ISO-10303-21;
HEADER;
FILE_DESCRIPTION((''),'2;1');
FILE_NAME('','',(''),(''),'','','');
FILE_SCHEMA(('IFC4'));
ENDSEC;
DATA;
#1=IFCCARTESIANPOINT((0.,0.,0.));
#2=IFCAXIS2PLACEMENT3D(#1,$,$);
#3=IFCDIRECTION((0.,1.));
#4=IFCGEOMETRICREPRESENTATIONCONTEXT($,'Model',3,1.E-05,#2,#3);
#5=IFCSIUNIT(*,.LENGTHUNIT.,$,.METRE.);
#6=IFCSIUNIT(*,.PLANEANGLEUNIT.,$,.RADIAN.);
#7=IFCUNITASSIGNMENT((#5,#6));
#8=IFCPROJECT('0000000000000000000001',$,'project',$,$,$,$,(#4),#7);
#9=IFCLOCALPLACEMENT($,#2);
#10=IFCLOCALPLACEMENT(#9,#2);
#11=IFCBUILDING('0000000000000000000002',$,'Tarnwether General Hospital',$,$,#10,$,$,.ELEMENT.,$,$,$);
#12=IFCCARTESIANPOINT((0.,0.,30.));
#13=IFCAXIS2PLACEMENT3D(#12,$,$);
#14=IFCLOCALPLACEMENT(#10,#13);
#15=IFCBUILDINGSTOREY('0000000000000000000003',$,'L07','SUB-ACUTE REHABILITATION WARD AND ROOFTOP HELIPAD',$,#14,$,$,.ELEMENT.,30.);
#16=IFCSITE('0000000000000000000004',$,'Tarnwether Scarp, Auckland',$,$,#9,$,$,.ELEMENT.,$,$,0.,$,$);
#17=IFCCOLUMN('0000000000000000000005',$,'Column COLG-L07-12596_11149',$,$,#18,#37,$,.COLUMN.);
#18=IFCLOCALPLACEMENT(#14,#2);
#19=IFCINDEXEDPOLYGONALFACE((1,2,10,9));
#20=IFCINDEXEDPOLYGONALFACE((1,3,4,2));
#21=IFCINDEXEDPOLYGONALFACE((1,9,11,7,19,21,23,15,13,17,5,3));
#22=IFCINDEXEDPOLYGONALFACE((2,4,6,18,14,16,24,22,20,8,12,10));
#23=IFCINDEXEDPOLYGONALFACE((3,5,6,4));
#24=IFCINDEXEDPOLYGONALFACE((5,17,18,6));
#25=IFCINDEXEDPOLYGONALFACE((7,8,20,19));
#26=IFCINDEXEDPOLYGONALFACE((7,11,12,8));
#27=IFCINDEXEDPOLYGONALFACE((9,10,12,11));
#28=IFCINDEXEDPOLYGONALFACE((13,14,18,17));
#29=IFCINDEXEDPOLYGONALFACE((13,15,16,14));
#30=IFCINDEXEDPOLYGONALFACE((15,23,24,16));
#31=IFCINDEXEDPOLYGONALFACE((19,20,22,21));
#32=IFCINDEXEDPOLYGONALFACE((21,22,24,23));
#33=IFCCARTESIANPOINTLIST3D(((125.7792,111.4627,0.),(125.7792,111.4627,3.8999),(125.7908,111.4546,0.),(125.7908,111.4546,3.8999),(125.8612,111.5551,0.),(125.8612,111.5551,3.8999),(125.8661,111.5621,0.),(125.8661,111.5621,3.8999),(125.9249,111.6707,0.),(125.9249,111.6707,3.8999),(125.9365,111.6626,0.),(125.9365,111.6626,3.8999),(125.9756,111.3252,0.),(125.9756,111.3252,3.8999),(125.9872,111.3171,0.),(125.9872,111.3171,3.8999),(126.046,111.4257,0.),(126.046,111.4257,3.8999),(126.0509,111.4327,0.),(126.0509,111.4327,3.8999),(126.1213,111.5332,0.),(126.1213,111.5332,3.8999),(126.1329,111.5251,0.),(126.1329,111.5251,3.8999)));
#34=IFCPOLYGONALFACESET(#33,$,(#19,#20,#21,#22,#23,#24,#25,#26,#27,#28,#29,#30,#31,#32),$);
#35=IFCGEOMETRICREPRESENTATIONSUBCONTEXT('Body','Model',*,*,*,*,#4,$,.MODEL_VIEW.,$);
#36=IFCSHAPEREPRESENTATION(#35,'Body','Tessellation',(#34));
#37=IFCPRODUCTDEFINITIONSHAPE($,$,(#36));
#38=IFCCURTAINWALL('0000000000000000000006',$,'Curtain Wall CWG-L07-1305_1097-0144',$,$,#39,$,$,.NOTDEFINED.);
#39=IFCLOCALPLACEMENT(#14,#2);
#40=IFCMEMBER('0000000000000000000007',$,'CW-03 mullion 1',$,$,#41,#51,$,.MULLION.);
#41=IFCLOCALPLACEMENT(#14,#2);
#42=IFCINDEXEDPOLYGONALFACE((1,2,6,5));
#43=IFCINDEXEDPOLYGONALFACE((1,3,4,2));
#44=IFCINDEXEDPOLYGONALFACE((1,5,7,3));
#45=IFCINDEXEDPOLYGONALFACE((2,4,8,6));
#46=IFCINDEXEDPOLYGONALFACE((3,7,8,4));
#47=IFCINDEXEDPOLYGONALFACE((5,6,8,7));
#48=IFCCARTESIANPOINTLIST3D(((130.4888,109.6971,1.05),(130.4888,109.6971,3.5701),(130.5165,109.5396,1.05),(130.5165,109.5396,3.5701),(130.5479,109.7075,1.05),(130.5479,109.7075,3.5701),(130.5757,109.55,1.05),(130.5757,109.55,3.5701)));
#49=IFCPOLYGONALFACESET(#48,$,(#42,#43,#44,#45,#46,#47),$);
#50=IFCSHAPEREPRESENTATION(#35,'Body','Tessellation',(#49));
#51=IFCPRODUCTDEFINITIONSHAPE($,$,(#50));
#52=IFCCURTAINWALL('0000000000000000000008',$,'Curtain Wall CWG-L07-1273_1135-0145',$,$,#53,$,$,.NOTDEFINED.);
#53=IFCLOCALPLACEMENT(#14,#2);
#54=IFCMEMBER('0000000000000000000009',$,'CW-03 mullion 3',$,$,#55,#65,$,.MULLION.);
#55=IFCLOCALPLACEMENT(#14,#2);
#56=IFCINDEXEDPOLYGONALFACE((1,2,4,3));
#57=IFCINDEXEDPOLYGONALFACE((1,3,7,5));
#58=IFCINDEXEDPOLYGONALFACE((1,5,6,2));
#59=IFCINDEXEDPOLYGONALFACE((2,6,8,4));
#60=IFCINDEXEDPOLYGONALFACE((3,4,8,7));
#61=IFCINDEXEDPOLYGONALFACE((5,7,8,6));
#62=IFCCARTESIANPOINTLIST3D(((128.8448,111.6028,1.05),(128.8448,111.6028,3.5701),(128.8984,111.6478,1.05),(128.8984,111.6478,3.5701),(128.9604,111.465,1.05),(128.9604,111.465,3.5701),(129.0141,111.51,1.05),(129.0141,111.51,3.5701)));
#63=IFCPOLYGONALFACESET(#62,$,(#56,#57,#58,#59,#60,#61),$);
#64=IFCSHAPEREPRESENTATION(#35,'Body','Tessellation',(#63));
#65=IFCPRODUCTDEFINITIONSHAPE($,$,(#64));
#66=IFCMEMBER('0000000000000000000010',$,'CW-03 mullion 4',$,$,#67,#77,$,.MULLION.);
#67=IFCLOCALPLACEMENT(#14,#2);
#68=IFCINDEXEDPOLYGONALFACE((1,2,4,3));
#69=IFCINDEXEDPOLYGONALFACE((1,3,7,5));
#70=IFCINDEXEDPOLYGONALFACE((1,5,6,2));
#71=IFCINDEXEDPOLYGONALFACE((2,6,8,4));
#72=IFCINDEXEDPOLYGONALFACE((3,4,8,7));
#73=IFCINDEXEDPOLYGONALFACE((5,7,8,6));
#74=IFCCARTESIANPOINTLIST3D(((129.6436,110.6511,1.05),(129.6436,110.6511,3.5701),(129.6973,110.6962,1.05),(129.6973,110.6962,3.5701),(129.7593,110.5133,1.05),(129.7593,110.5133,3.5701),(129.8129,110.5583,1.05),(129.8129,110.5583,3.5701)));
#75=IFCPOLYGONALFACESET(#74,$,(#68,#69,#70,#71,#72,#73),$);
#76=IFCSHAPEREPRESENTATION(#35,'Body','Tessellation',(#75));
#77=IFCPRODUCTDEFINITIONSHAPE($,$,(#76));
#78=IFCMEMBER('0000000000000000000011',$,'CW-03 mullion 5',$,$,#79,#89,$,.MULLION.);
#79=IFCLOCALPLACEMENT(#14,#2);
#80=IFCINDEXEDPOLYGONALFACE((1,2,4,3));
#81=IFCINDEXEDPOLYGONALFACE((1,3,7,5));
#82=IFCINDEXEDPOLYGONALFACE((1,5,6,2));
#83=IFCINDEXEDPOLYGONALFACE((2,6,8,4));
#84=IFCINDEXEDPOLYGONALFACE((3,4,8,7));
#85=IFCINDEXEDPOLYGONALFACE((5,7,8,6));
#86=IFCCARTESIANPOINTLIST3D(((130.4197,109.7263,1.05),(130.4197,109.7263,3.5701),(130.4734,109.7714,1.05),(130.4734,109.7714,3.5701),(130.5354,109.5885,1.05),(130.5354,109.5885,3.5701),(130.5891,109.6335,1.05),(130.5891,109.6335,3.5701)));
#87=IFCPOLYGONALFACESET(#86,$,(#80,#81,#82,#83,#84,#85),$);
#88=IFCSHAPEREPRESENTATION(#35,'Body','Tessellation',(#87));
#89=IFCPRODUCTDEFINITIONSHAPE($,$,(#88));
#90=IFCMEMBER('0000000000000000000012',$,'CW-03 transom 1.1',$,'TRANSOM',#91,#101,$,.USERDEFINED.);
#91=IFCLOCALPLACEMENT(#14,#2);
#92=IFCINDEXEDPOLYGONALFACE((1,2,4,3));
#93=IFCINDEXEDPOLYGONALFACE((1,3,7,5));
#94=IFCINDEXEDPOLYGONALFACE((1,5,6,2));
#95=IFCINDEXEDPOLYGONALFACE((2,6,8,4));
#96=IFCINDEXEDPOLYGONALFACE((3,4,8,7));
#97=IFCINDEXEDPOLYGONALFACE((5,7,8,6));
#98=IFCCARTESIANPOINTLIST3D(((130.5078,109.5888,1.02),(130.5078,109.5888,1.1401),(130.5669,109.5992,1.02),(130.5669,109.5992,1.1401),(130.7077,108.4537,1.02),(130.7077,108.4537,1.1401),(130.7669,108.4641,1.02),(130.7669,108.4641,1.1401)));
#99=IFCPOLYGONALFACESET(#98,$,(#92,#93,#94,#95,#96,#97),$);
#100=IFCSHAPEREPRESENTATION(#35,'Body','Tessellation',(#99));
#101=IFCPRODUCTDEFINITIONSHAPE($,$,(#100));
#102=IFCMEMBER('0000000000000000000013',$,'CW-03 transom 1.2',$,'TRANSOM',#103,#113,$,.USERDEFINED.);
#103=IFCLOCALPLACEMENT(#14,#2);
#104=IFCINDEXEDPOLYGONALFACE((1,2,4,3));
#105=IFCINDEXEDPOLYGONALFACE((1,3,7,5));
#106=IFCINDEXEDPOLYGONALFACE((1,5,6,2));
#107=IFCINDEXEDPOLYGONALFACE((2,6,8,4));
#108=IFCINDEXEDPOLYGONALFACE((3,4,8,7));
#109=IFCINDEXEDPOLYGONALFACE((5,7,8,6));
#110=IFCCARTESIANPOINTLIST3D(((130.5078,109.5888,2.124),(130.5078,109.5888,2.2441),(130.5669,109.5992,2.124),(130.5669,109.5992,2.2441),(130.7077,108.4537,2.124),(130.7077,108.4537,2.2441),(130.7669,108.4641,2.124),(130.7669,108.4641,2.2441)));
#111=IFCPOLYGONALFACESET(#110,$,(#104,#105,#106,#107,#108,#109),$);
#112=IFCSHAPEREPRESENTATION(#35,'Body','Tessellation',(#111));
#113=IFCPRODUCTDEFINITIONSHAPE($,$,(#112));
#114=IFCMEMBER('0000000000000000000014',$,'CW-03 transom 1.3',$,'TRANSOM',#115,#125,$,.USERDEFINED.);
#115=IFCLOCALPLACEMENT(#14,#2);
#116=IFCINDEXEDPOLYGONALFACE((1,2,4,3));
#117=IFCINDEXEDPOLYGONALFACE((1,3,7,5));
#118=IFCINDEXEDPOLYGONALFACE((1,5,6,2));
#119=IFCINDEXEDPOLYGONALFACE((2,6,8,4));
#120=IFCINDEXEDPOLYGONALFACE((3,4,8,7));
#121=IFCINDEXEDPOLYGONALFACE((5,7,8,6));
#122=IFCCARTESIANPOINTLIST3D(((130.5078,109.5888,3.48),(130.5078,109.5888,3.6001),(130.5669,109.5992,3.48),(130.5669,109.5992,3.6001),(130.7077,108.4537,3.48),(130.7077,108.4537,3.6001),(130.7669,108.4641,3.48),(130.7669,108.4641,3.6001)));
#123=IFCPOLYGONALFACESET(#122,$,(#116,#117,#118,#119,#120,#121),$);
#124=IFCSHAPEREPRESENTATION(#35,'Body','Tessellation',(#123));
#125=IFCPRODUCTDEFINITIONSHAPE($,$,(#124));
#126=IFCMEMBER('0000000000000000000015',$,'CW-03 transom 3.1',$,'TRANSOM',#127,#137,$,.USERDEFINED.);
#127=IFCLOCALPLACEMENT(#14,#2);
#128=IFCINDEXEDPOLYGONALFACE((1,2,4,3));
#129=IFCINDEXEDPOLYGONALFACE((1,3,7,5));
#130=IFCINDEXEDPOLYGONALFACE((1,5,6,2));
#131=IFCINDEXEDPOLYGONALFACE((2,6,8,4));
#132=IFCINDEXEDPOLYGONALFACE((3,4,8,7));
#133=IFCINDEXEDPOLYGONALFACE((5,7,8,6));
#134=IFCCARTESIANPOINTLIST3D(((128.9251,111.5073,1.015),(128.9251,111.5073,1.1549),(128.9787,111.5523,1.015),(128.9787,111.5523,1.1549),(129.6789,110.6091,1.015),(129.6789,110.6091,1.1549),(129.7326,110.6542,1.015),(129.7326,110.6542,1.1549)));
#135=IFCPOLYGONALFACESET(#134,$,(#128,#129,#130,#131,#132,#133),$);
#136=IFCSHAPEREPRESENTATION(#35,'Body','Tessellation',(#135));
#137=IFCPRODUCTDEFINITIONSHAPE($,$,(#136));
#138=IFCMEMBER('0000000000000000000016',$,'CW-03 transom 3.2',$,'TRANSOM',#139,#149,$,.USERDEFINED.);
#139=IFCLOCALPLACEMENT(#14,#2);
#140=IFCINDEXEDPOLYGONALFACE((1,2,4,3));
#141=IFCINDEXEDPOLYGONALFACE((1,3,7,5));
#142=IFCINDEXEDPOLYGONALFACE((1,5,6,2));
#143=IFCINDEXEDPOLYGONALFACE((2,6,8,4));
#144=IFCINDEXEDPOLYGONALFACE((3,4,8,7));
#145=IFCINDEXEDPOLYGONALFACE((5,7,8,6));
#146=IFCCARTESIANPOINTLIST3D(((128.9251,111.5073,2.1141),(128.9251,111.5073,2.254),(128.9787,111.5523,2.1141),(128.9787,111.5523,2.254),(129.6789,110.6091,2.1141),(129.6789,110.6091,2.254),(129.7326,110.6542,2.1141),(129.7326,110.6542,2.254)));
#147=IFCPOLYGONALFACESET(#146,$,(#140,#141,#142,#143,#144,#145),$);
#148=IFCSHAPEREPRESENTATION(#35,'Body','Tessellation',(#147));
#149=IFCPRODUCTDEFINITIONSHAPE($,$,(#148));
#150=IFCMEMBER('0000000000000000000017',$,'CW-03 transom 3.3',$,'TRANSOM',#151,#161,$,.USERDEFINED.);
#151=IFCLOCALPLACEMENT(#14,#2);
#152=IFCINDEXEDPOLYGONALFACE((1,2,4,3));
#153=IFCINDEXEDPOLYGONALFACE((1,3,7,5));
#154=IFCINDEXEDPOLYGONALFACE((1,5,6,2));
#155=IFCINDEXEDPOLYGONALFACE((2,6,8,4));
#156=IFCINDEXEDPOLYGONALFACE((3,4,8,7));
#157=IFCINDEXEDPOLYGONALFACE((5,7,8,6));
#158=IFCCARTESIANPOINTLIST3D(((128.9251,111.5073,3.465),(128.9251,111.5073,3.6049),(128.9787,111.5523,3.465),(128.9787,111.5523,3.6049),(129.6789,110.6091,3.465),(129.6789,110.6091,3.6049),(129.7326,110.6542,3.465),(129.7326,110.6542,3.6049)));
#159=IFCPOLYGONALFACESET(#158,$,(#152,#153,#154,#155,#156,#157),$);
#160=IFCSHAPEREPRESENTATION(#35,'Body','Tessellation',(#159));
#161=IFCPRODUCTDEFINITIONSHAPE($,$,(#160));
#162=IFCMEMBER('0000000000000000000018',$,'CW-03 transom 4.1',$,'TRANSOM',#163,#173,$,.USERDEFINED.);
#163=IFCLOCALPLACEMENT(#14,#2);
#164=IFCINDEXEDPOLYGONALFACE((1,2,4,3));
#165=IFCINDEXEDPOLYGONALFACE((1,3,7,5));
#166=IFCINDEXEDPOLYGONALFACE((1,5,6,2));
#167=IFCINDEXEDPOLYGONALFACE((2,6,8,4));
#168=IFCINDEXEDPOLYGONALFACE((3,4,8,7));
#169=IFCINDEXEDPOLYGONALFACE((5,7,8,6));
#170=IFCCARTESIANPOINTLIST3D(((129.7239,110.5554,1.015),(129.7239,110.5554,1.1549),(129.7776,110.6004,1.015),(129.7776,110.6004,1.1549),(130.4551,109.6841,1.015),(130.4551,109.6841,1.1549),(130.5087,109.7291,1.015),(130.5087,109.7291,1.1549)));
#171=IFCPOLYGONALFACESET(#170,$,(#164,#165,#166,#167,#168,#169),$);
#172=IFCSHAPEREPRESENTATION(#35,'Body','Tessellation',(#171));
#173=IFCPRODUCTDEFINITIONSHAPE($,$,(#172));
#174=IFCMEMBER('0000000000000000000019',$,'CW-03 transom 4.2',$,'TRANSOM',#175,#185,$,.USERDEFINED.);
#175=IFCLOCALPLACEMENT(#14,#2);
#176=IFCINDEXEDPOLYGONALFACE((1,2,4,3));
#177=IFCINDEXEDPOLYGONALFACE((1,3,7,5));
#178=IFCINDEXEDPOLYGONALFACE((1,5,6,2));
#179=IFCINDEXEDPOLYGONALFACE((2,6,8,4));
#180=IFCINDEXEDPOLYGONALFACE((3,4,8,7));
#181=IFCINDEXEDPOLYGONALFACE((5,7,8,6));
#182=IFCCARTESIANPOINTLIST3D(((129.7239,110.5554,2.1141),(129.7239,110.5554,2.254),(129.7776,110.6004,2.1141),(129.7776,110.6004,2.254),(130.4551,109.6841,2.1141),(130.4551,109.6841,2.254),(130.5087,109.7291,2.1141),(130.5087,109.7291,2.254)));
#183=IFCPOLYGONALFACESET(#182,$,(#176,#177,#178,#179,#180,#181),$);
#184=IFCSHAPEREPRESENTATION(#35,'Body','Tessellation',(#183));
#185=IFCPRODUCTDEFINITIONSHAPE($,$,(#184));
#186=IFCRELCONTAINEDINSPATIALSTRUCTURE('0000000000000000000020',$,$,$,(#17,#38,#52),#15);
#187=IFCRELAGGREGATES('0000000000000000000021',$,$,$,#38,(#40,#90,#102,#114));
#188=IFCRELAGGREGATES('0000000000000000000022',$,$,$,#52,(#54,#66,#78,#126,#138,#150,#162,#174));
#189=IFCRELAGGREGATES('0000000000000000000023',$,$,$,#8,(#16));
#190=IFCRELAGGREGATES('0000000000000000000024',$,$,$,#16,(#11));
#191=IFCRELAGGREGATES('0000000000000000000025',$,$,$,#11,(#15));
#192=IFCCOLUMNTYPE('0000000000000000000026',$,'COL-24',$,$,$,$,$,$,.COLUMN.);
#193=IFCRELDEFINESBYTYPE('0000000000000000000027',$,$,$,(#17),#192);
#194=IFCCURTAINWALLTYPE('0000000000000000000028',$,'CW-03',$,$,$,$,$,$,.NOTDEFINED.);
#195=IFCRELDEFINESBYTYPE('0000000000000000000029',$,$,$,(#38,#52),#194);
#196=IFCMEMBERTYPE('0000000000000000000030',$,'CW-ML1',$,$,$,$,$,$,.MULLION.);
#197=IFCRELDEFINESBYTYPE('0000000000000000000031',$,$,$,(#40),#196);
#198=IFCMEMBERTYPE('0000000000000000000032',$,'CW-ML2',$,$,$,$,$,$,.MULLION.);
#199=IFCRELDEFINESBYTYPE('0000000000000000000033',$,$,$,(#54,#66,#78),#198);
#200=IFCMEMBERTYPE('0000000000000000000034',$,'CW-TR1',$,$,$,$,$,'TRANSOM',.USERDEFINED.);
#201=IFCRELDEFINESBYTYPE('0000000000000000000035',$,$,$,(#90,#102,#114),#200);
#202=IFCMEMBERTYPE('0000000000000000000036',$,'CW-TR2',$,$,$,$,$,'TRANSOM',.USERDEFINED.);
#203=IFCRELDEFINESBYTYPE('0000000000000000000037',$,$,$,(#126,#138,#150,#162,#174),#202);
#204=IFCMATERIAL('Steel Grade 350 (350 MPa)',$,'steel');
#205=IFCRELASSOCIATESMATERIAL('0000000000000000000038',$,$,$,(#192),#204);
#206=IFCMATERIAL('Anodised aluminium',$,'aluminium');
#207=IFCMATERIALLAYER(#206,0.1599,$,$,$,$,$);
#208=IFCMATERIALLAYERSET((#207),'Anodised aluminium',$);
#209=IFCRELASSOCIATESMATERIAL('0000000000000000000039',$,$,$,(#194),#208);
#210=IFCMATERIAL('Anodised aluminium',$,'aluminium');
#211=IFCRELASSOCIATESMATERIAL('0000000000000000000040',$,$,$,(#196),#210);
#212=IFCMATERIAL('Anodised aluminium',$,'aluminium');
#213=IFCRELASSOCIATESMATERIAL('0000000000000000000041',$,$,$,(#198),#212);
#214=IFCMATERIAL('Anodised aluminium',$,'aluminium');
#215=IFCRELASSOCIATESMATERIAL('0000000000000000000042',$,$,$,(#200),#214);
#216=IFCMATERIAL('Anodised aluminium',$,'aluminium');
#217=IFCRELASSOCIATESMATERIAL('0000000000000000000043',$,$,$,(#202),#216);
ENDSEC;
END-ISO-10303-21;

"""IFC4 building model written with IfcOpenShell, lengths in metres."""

from ifc_helpers import new_model, si_unit, direction, frame, origin, origin_2d, place, context, subcontext, project, spatial, rectangle, i_section, extrude, material, layer, layer_set, material_profile, profile_set, type_object, element, aggregate, save


model = new_model("IFC4")

# Units and contexts
model_context = context("Model", 3, precision=1e-05, world=origin(), true_north=direction((0.0, 1.0)))
body_context = subcontext(model_context, "Body", "Model", "MODEL_VIEW")
ifc_project = project(units=[si_unit("LENGTHUNIT", "METRE"), si_unit("PLANEANGLEUNIT", "RADIAN")], contexts=[model_context])

# Site, building, storey
site_placement = place(None, origin())
site = spatial("IfcSite", under=ifc_project, at=site_placement, Name="Tarnwether Scarp, Auckland", CompositionType="ELEMENT", RefElevation=0.0)
building_placement = place(site_placement, origin())
building = spatial("IfcBuilding", under=site, at=building_placement, Name="Tarnwether General Hospital", CompositionType="ELEMENT")
storey_placement = place(building_placement, frame((0.0, 0.0, 30.0)))
storey = spatial("IfcBuildingStorey", under=building, at=storey_placement, Name="L07", Description="SUB-ACUTE REHABILITATION WARD AND ROOFTOP HELIPAD", CompositionType="ELEMENT", Elevation=30.0)

# Column
ifc_material_1 = material(Name="Steel Grade 350 (350 MPa)", Category="steel")
ifc_material_profile_1 = material_profile(ifc_material_1, i_section(OverallWidth=0.2539, OverallDepth=0.2539, WebThickness=0.0085, FlangeThickness=0.0142, at=origin_2d()), Name="250UC72.9")
ifc_profile_set_1 = profile_set([ifc_material_profile_1], Name="Steel Grade 350 (350 MPa)")
column_type = type_object("IfcColumnType", Name="COL-24", PredefinedType="COLUMN", material=ifc_profile_set_1)
column_placement = place(storey_placement, frame((125.9561, 111.4939, 0.0), z_axis=(0.0, 0.0, 1.0), x_axis=(0.573576, 0.819152, 0.0)))
element("IfcColumn", 1, at=column_placement, inside=storey, type_object=column_type, Name="Column COLG-L07-12596_11149", PredefinedType="COLUMN", context=body_context, shape_type="SweptSolid", body=[
    extrude(i_section(OverallWidth=0.2539, OverallDepth=0.2539, WebThickness=0.0085, FlangeThickness=0.0142, at=origin_2d()), origin(), (0.0, 0.0, 1.0), 3.8999),
])

# Curtain wall, member
ifc_material_2 = material(Name="Anodised aluminium", Category="aluminium")
ifc_layer_1 = layer(ifc_material_2, 0.1599)
ifc_layer_set_1 = layer_set([ifc_layer_1], Name="Anodised aluminium")
curtain_wall_type = type_object("IfcCurtainWallType", Name="CW-03", PredefinedType="NOTDEFINED", material=ifc_layer_set_1)
curtain_wall_1_placement = place(storey_placement, origin())
curtain_wall_1 = element("IfcCurtainWall", 2, at=curtain_wall_1_placement, inside=storey, type_object=curtain_wall_type, Name="Curtain Wall CWG-L07-1305_1097-0144", PredefinedType="NOTDEFINED")
ifc_material_3 = material(Name="Anodised aluminium", Category="aluminium")
ifc_material_profile_2 = material_profile(ifc_material_3, rectangle(XDim=0.0601, YDim=0.1599, at=origin_2d()), Name="ALU-MUL-60x160")
ifc_profile_set_2 = profile_set([ifc_material_profile_2], Name="Anodised aluminium")
member_type_1 = type_object("IfcMemberType", Name="CW-ML1", PredefinedType="MULLION", material=ifc_profile_set_2)
member_1_placement = place(storey_placement, frame((130.5322, 109.6235, 1.05), z_axis=(0.0, 0.0, 1.0), x_axis=(0.98484, 0.173464, 0.0)))
member_1 = element("IfcMember", 3, at=member_1_placement, type_object=member_type_1, Name="CW-03 mullion 1", PredefinedType="MULLION", context=body_context, shape_type="SweptSolid", body=[
    extrude(rectangle(XDim=0.0601, YDim=0.1599, at=origin_2d()), origin(), (0.0, 0.0, 1.0), 2.52),
])

# Curtain wall, members
curtain_wall_2_placement = place(storey_placement, origin())
curtain_wall_2 = element("IfcCurtainWall", 4, at=curtain_wall_2_placement, inside=storey, type_object=curtain_wall_type, Name="Curtain Wall CWG-L07-1273_1135-0145", PredefinedType="NOTDEFINED")
ifc_material_4 = material(Name="Anodised aluminium", Category="aluminium")
ifc_material_profile_3 = material_profile(ifc_material_4, rectangle(XDim=0.0701, YDim=0.1799, at=origin_2d()), Name="ALU-MUL-70x180")
ifc_profile_set_3 = profile_set([ifc_material_profile_3], Name="Anodised aluminium")
member_type_2 = type_object("IfcMemberType", Name="CW-ML2", PredefinedType="MULLION", material=ifc_profile_set_3)
member_2_placement = place(storey_placement, frame((128.9294, 111.5564, 1.05), z_axis=(0.0, 0.0, 1.0), x_axis=(0.76599, 0.642852, 0.0)))
member_2 = element("IfcMember", 5, at=member_2_placement, type_object=member_type_2, Name="CW-03 mullion 3", PredefinedType="MULLION", context=body_context, shape_type="SweptSolid", body=[
    extrude(rectangle(XDim=0.0701, YDim=0.1799, at=origin_2d()), origin(), (0.0, 0.0, 1.0), 2.52),
])
member_3_placement = place(storey_placement, frame((129.7283, 110.6047, 1.05), z_axis=(0.0, 0.0, 1.0), x_axis=(0.76599, 0.642852, 0.0)))
member_3 = element("IfcMember", 6, at=member_3_placement, type_object=member_type_2, Name="CW-03 mullion 4", PredefinedType="MULLION", context=body_context, shape_type="SweptSolid", body=[
    extrude(rectangle(XDim=0.0701, YDim=0.1799, at=origin_2d()), origin(), (0.0, 0.0, 1.0), 2.52),
])
member_4_placement = place(storey_placement, frame((130.5044, 109.6799, 1.05), z_axis=(0.0, 0.0, 1.0), x_axis=(0.76599, 0.642852, 0.0)))
member_4 = element("IfcMember", 7, at=member_4_placement, type_object=member_type_2, Name="CW-03 mullion 5", PredefinedType="MULLION", context=body_context, shape_type="SweptSolid", body=[
    extrude(rectangle(XDim=0.0701, YDim=0.1799, at=origin_2d()), origin(), (0.0, 0.0, 1.0), 2.52),
])

# Members
ifc_material_5 = material(Name="Anodised aluminium", Category="aluminium")
ifc_material_profile_4 = material_profile(ifc_material_5, rectangle(XDim=0.0601, YDim=0.1201, at=origin_2d()), Name="ALU-TRN-60x120")
ifc_profile_set_4 = profile_set([ifc_material_profile_4], Name="Anodised aluminium")
member_type_3 = type_object("IfcMemberType", Name="CW-TR1", ElementType="TRANSOM", PredefinedType="USERDEFINED", material=ifc_profile_set_4)
member_5_placement = place(storey_placement, frame((130.5374, 109.594, 1.0801), z_axis=(0.173495, -0.984835, 0.0), x_axis=(0.984835, 0.173495, 0.0)))
member_5 = element("IfcMember", 8, at=member_5_placement, type_object=member_type_3, Name="CW-03 transom 1.1", ObjectType="TRANSOM", PredefinedType="USERDEFINED", context=body_context, shape_type="SweptSolid", body=[
    extrude(rectangle(XDim=0.0601, YDim=0.1201, at=origin_2d()), origin(), (0.0, 0.0, 1.0), 1.1526),
])
member_6_placement = place(storey_placement, frame((130.5374, 109.594, 2.1841), z_axis=(0.173495, -0.984835, 0.0), x_axis=(0.984835, 0.173495, 0.0)))
member_6 = element("IfcMember", 9, at=member_6_placement, type_object=member_type_3, Name="CW-03 transom 1.2", ObjectType="TRANSOM", PredefinedType="USERDEFINED", context=body_context, shape_type="SweptSolid", body=[
    extrude(rectangle(XDim=0.0601, YDim=0.1201, at=origin_2d()), origin(), (0.0, 0.0, 1.0), 1.1526),
])
member_7_placement = place(storey_placement, frame((130.5374, 109.594, 3.54), z_axis=(0.173495, -0.984835, 0.0), x_axis=(0.984835, 0.173495, 0.0)))
member_7 = element("IfcMember", 10, at=member_7_placement, type_object=member_type_3, Name="CW-03 transom 1.3", ObjectType="TRANSOM", PredefinedType="USERDEFINED", context=body_context, shape_type="SweptSolid", body=[
    extrude(rectangle(XDim=0.0601, YDim=0.1201, at=origin_2d()), origin(), (0.0, 0.0, 1.0), 1.1526),
])
ifc_material_6 = material(Name="Anodised aluminium", Category="aluminium")
ifc_material_profile_5 = material_profile(ifc_material_6, rectangle(XDim=0.0701, YDim=0.1399, at=origin_2d()), Name="ALU-TRN-70x140")
ifc_profile_set_5 = profile_set([ifc_material_profile_5], Name="Anodised aluminium")
member_type_4 = type_object("IfcMemberType", Name="CW-TR2", ElementType="TRANSOM", PredefinedType="USERDEFINED", material=ifc_profile_set_5)
member_8_placement = place(storey_placement, frame((128.9519, 111.5298, 1.085), z_axis=(0.642904, -0.765947, 0.0), x_axis=(0.765947, 0.642904, 0.0)))
member_8 = element("IfcMember", 11, at=member_8_placement, type_object=member_type_4, Name="CW-03 transom 3.1", ObjectType="TRANSOM", PredefinedType="USERDEFINED", context=body_context, shape_type="SweptSolid", body=[
    extrude(rectangle(XDim=0.0701, YDim=0.1399, at=origin_2d()), origin(), (0.0, 0.0, 1.0), 1.1726),
])
member_9_placement = place(storey_placement, frame((128.9519, 111.5298, 2.1841), z_axis=(0.642904, -0.765947, 0.0), x_axis=(0.765947, 0.642904, 0.0)))
member_9 = element("IfcMember", 12, at=member_9_placement, type_object=member_type_4, Name="CW-03 transom 3.2", ObjectType="TRANSOM", PredefinedType="USERDEFINED", context=body_context, shape_type="SweptSolid", body=[
    extrude(rectangle(XDim=0.0701, YDim=0.1399, at=origin_2d()), origin(), (0.0, 0.0, 1.0), 1.1726),
])
member_10_placement = place(storey_placement, frame((128.9519, 111.5298, 3.5349), z_axis=(0.642904, -0.765947, 0.0), x_axis=(0.765947, 0.642904, 0.0)))
member_10 = element("IfcMember", 13, at=member_10_placement, type_object=member_type_4, Name="CW-03 transom 3.3", ObjectType="TRANSOM", PredefinedType="USERDEFINED", context=body_context, shape_type="SweptSolid", body=[
    extrude(rectangle(XDim=0.0701, YDim=0.1399, at=origin_2d()), origin(), (0.0, 0.0, 1.0), 1.1726),
])
member_11_placement = place(storey_placement, frame((129.7507, 110.5779, 1.085), z_axis=(0.64282, -0.766018, 0.0), x_axis=(0.766018, 0.64282, 0.0)))
member_11 = element("IfcMember", 14, at=member_11_placement, type_object=member_type_4, Name="CW-03 transom 4.1", ObjectType="TRANSOM", PredefinedType="USERDEFINED", context=body_context, shape_type="SweptSolid", body=[
    extrude(rectangle(XDim=0.0701, YDim=0.1399, at=origin_2d()), origin(), (0.0, 0.0, 1.0), 1.1375),
])
member_12_placement = place(storey_placement, frame((129.7507, 110.5779, 2.1841), z_axis=(0.64282, -0.766018, 0.0), x_axis=(0.766018, 0.64282, 0.0)))
member_12 = element("IfcMember", 15, at=member_12_placement, type_object=member_type_4, Name="CW-03 transom 4.2", ObjectType="TRANSOM", PredefinedType="USERDEFINED", context=body_context, shape_type="SweptSolid", body=[
    extrude(rectangle(XDim=0.0701, YDim=0.1399, at=origin_2d()), origin(), (0.0, 0.0, 1.0), 1.1375),
])

aggregate(curtain_wall_1, [member_1, member_5, member_6, member_7])
aggregate(curtain_wall_2, [member_2, member_3, member_4, member_8, member_9, member_10, member_11, member_12])

save(model, "model.ifc")
